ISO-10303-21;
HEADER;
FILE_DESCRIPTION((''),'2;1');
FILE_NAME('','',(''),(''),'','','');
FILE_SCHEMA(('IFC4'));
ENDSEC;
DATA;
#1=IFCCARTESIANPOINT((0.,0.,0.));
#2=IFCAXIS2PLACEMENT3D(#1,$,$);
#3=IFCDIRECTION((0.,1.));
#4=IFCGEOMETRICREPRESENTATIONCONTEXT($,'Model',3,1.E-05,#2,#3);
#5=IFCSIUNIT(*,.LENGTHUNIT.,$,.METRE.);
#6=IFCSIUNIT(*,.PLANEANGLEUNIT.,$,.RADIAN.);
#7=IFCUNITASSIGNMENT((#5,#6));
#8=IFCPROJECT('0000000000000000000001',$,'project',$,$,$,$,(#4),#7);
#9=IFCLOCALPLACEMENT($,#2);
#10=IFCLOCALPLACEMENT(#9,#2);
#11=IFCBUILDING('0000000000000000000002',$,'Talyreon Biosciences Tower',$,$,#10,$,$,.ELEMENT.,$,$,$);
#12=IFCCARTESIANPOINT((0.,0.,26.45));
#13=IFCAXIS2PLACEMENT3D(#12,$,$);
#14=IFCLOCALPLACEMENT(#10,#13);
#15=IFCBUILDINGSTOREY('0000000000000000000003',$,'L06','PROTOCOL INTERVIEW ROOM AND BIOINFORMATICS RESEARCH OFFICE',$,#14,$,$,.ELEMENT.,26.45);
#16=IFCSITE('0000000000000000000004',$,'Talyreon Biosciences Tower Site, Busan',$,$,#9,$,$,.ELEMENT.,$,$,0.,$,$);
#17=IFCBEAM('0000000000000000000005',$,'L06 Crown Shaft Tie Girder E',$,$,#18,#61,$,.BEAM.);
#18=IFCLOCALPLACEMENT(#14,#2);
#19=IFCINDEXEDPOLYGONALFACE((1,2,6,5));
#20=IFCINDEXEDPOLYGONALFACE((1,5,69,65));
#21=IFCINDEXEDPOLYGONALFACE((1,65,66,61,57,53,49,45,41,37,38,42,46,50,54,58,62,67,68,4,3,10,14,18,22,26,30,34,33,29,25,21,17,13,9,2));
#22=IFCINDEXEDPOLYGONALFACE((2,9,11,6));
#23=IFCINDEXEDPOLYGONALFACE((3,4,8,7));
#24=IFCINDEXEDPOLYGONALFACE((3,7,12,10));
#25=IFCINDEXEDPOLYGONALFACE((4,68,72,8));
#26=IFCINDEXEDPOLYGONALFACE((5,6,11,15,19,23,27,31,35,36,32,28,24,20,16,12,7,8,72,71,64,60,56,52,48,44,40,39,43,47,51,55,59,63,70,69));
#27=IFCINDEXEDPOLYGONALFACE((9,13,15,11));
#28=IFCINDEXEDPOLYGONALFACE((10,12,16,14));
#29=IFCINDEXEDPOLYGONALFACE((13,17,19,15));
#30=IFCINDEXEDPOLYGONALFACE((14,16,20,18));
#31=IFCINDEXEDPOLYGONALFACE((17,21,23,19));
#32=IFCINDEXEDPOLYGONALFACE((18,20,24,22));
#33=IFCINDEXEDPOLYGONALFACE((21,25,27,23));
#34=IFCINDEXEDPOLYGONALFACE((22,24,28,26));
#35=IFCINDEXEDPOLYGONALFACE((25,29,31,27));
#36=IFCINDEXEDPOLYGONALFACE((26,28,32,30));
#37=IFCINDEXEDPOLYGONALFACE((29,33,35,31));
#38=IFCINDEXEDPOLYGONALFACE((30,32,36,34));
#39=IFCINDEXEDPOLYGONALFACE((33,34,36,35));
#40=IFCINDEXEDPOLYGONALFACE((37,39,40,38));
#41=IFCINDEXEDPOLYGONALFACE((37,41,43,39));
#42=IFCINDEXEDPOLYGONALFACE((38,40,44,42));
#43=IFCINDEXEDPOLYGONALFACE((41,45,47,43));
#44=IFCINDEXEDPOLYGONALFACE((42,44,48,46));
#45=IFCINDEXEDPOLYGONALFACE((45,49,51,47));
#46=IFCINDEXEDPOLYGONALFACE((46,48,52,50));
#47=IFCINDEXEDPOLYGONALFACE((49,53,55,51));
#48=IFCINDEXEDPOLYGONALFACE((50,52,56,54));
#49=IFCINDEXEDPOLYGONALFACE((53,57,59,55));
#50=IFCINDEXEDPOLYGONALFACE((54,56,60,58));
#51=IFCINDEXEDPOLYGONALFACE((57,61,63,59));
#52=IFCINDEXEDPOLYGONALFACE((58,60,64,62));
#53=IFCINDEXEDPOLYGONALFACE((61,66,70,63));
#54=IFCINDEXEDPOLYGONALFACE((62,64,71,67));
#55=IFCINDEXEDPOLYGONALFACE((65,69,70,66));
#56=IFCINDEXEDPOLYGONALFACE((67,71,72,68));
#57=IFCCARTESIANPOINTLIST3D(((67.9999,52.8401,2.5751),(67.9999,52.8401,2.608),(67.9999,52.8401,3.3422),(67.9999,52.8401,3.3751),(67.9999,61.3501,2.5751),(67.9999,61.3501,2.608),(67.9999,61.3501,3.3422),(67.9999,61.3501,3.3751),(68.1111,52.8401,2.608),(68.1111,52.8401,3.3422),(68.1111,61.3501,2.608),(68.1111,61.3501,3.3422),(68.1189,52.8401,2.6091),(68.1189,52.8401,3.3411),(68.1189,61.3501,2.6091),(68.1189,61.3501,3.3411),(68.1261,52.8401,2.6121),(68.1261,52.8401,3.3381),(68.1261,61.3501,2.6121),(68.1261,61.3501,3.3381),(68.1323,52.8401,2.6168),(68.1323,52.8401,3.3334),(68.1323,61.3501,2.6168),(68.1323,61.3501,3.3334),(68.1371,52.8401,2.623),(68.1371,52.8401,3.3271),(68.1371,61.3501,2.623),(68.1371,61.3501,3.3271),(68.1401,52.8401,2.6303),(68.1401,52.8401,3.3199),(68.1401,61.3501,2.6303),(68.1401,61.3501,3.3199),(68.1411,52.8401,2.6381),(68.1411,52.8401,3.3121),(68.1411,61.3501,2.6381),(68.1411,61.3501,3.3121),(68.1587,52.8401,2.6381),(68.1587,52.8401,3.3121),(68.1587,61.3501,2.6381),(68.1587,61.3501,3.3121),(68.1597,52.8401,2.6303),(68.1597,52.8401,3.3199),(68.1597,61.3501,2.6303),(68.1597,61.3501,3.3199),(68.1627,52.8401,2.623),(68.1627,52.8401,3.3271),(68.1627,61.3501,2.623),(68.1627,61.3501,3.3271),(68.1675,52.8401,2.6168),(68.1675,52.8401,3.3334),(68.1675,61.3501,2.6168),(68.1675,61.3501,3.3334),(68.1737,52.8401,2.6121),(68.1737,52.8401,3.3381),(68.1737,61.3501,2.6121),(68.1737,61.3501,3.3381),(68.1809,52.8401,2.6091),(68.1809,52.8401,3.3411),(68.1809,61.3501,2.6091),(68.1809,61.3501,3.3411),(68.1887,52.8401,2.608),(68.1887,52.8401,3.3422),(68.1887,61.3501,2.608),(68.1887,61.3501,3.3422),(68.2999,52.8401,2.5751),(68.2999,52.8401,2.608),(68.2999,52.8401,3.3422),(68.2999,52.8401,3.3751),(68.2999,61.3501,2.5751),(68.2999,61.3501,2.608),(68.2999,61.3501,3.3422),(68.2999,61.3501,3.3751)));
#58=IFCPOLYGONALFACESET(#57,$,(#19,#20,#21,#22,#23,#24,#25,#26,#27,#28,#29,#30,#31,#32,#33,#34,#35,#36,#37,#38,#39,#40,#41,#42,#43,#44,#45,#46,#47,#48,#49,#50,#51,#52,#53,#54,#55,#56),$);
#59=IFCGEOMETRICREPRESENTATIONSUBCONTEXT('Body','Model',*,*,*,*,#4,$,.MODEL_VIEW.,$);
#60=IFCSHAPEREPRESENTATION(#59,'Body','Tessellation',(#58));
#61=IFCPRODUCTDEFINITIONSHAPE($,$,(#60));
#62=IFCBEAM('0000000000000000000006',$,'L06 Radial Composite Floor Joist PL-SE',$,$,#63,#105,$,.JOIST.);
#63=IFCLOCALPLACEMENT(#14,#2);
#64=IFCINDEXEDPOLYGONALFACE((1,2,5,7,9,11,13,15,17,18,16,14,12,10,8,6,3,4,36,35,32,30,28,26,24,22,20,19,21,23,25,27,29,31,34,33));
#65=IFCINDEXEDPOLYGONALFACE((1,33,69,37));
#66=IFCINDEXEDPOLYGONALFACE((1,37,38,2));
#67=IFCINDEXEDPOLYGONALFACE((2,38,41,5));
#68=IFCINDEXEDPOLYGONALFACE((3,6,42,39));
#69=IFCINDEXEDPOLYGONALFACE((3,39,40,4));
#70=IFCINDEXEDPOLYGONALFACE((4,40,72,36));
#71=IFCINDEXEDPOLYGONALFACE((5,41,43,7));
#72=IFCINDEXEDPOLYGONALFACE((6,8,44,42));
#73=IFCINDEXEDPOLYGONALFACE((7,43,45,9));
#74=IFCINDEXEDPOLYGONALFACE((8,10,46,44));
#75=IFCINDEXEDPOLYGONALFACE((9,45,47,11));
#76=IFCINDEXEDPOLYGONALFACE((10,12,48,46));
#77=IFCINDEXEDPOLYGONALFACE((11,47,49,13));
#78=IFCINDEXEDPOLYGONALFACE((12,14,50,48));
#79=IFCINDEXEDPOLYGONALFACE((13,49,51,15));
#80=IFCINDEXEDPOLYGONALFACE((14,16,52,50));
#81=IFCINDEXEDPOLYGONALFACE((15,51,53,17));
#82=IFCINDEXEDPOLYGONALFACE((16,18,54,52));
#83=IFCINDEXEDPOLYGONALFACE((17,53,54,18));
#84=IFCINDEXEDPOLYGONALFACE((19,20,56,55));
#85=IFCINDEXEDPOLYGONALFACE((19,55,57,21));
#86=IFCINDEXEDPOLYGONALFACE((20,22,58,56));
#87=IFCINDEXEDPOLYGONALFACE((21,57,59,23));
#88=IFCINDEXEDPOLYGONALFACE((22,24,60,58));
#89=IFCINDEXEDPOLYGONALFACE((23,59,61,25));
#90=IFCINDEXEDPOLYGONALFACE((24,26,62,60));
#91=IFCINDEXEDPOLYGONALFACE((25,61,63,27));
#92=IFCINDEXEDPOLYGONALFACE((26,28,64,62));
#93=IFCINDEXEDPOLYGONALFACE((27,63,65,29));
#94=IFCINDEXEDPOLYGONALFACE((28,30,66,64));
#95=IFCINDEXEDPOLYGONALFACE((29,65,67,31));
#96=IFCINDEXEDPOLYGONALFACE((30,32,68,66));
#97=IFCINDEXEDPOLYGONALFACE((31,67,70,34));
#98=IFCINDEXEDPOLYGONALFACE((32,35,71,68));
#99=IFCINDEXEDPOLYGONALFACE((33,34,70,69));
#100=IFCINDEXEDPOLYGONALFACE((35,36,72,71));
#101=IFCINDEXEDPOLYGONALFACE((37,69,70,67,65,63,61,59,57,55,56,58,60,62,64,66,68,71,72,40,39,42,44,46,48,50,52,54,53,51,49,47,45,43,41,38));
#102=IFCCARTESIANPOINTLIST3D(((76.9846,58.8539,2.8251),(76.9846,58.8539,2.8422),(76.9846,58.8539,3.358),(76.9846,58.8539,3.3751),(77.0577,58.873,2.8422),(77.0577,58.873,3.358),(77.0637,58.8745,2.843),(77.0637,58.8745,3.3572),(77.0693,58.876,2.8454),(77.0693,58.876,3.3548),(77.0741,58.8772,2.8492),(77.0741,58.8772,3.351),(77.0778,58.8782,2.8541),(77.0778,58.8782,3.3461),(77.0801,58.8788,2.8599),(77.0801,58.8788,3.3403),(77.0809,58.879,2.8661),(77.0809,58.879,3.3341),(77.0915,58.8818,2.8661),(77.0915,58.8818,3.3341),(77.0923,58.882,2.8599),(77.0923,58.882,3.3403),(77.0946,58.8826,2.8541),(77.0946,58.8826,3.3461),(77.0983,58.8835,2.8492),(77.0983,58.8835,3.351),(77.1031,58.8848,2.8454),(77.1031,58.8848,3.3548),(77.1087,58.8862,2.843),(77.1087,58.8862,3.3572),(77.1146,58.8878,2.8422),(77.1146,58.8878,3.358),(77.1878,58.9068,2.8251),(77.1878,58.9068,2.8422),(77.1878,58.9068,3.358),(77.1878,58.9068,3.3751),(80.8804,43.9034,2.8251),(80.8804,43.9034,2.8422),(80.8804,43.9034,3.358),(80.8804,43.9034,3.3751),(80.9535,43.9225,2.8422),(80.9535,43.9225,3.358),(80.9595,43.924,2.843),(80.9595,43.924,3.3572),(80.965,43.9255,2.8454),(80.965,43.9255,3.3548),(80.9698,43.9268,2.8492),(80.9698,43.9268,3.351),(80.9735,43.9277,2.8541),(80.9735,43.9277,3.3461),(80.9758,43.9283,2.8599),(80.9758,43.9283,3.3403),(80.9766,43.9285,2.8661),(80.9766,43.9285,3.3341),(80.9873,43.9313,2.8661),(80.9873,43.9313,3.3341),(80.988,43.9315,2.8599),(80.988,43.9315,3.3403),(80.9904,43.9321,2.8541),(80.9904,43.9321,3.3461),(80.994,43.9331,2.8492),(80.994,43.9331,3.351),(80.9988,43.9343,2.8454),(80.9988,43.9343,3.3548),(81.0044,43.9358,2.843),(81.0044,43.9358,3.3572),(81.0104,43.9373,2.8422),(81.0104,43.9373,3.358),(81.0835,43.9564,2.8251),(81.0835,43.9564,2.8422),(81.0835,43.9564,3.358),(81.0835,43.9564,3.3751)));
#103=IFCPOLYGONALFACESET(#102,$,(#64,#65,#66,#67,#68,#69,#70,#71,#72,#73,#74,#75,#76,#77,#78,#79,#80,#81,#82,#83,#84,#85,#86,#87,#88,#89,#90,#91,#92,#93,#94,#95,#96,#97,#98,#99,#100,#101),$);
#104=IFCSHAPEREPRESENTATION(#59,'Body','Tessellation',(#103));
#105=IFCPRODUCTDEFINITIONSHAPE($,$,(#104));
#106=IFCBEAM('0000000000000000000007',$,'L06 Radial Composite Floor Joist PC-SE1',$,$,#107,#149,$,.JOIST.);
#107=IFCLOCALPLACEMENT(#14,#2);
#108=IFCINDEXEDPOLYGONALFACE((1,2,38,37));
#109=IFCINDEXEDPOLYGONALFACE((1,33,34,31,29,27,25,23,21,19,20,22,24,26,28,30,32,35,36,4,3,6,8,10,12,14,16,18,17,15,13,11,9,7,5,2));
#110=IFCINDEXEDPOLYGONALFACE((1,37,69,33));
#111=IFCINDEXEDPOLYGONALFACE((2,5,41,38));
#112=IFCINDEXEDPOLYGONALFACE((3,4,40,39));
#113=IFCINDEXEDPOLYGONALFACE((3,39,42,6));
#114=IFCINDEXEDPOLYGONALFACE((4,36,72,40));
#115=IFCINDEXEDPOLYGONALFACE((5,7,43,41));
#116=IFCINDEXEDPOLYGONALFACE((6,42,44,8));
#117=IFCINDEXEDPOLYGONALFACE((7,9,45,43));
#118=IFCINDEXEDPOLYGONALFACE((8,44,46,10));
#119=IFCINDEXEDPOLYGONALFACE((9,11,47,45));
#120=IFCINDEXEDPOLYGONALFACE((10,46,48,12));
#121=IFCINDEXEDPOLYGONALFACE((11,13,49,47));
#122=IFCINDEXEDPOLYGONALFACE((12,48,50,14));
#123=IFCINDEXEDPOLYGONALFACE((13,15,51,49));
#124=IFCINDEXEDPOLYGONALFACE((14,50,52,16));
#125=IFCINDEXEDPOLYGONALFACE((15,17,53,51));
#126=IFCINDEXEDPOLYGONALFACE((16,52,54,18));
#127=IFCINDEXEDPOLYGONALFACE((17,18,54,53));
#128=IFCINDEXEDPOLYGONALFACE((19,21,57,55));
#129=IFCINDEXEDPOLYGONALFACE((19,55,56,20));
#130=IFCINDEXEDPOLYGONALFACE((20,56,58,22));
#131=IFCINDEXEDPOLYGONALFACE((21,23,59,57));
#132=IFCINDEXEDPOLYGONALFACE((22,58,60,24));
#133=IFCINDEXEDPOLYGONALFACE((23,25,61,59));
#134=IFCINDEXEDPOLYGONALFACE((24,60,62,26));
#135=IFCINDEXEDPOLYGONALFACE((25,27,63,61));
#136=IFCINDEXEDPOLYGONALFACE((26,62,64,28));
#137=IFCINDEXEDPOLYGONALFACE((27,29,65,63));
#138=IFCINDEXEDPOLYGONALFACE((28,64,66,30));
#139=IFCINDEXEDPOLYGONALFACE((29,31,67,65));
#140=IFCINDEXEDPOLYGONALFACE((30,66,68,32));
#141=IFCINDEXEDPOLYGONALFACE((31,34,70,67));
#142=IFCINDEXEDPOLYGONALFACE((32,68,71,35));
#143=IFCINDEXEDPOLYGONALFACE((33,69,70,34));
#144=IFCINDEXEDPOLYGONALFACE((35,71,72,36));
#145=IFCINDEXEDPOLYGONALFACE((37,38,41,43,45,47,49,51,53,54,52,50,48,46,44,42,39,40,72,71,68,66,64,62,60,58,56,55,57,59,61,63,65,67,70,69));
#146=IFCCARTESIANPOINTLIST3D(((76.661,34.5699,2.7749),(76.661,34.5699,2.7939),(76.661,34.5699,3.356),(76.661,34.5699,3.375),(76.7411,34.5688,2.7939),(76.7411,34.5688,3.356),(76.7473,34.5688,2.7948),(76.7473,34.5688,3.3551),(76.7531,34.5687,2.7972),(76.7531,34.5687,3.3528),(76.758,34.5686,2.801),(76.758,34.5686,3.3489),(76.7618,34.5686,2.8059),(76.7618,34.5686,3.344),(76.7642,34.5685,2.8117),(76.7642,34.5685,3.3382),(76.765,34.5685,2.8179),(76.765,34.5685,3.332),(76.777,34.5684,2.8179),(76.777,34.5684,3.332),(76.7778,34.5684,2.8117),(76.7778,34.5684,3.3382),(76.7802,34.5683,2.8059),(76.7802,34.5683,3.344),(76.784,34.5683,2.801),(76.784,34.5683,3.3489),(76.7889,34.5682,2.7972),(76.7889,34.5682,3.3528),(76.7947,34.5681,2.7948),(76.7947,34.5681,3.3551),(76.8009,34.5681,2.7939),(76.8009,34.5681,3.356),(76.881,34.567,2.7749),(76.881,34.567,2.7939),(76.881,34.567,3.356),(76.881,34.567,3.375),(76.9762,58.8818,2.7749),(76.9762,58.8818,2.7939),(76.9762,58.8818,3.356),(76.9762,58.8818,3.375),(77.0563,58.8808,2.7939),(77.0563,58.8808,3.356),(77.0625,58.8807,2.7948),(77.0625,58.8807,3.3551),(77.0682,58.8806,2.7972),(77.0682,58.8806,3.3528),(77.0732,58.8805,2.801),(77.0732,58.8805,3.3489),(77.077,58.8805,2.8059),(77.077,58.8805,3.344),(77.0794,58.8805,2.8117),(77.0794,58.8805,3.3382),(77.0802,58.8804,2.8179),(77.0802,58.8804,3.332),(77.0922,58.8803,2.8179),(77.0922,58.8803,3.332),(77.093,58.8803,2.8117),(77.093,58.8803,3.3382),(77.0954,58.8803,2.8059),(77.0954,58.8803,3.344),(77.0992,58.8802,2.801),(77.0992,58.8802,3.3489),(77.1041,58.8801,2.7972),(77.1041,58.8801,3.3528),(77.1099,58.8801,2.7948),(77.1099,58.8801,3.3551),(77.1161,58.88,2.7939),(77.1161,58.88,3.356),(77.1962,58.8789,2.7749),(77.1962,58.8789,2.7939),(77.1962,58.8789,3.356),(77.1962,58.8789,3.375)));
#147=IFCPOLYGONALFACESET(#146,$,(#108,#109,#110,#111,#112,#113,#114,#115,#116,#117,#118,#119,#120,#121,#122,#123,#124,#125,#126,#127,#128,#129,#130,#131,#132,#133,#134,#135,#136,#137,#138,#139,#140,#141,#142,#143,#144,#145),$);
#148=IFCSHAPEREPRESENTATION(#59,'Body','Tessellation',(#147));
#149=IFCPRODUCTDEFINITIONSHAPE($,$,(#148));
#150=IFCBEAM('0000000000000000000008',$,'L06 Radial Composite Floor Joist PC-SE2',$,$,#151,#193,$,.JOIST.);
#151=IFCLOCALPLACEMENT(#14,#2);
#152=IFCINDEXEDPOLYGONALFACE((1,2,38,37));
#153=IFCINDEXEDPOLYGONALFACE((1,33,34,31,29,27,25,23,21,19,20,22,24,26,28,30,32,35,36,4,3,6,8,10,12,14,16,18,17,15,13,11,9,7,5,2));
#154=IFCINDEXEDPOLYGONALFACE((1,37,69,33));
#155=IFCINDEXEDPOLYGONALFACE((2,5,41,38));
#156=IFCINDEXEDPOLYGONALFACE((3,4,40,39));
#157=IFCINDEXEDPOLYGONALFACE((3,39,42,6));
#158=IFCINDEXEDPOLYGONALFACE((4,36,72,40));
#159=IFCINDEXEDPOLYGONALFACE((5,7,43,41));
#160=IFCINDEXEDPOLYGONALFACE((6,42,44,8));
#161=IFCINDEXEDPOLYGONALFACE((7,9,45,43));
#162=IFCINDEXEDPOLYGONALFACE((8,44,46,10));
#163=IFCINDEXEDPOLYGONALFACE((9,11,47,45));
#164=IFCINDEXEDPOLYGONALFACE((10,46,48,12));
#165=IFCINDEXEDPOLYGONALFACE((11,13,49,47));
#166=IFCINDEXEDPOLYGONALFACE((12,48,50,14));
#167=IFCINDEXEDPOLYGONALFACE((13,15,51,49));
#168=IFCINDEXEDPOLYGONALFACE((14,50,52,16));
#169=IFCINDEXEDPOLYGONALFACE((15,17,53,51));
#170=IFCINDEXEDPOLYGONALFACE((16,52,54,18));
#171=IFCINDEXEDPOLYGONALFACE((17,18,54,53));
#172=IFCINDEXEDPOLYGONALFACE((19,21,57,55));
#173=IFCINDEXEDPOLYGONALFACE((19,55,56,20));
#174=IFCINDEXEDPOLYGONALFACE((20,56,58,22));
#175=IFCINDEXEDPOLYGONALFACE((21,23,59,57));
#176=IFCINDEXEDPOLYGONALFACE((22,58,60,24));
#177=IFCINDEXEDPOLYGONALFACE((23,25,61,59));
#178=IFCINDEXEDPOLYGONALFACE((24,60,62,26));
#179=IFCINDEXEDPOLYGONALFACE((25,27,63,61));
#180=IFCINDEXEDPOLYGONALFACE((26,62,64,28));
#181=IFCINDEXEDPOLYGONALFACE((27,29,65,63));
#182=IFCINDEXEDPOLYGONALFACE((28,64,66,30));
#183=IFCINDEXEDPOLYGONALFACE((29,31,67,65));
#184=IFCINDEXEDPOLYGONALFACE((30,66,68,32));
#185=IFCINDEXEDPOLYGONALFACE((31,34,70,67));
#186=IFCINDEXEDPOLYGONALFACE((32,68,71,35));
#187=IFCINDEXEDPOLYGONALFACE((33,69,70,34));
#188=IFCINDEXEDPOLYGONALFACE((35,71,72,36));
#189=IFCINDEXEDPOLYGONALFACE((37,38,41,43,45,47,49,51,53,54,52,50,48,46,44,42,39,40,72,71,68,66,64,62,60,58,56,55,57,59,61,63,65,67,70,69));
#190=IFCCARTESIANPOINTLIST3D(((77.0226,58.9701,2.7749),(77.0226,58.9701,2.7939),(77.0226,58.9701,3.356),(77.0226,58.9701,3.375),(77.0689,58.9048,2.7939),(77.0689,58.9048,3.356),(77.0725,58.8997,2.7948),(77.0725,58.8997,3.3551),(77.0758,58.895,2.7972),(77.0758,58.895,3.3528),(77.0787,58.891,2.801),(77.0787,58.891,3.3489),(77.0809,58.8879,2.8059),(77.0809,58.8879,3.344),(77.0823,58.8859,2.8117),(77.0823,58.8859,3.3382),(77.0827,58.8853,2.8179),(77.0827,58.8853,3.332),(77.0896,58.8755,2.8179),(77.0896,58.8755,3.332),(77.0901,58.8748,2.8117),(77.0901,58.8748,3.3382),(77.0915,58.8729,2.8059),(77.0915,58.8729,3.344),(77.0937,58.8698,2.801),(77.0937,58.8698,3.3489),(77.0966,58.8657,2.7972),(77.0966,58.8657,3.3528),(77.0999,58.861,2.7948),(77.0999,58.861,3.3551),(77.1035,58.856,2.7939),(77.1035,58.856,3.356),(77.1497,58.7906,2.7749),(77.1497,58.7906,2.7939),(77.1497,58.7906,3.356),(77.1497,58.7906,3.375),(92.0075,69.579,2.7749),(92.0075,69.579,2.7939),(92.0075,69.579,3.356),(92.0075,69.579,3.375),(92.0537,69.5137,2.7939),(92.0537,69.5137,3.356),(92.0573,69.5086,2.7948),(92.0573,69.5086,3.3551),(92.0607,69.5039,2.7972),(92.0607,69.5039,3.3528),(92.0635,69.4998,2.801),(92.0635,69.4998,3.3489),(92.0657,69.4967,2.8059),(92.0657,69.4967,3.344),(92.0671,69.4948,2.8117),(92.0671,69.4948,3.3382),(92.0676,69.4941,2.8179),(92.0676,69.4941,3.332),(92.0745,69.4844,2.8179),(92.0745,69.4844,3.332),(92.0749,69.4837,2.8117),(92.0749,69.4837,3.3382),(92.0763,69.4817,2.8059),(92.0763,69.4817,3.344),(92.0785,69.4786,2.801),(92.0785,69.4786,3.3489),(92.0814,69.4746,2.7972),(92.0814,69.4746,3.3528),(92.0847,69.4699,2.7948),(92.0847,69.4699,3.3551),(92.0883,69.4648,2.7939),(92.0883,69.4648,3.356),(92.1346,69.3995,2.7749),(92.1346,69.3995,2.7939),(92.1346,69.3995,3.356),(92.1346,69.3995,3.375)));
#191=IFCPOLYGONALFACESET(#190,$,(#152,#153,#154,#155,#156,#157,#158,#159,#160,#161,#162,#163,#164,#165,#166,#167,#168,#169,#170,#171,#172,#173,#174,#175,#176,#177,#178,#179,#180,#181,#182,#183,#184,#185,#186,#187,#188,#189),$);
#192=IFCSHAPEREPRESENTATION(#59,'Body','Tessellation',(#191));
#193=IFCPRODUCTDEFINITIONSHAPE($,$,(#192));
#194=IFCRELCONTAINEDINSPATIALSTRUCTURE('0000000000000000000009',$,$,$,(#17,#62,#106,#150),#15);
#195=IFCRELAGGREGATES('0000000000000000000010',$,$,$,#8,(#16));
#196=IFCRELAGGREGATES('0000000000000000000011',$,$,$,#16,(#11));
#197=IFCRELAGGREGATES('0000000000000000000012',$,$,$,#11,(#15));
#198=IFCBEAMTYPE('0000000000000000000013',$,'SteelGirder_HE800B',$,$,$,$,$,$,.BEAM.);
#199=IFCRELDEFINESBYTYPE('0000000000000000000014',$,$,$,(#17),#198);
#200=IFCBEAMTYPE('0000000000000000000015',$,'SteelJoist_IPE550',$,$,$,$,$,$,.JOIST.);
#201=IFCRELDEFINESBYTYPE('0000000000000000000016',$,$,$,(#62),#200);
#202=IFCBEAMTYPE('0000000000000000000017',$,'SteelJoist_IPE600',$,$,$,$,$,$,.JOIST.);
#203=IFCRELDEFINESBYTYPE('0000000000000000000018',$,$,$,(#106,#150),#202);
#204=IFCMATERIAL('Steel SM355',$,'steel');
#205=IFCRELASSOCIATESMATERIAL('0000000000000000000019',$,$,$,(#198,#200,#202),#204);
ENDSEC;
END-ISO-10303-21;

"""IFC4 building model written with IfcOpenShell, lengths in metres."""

from ifc_helpers import new_model, si_unit, direction, frame, origin, origin_2d, place, context, subcontext, project, spatial, i_section, extrude, material, material_profile, profile_set, type_object, element, save


model = new_model("IFC4")

# Units and contexts
model_context = context("Model", 3, precision=1e-05, world=origin(), true_north=direction((0.0, 1.0)))
body_context = subcontext(model_context, "Body", "Model", "MODEL_VIEW")
ifc_project = project(units=[si_unit("LENGTHUNIT", "METRE"), si_unit("PLANEANGLEUNIT", "RADIAN")], contexts=[model_context])

# Site, building, storey
site_placement = place(None, origin())
site = spatial("IfcSite", under=ifc_project, at=site_placement, Name="Talyreon Biosciences Tower Site, Busan", CompositionType="ELEMENT", RefElevation=0.0)
building_placement = place(site_placement, origin())
building = spatial("IfcBuilding", under=site, at=building_placement, Name="Talyreon Biosciences Tower", CompositionType="ELEMENT")
storey_placement = place(building_placement, frame((0.0, 0.0, 26.45)))
storey = spatial("IfcBuildingStorey", under=building, at=storey_placement, Name="L06", Description="PROTOCOL INTERVIEW ROOM AND BIOINFORMATICS RESEARCH OFFICE", CompositionType="ELEMENT", Elevation=26.45)

# Beams
ifc_material_1 = material(Name="Steel SM355", Category="steel")
ifc_material_profile_1 = material_profile(ifc_material_1, i_section(OverallWidth=0.3, OverallDepth=0.8, WebThickness=0.0176, FlangeThickness=0.033, FilletRadius=0.03, at=origin_2d()), Name="HE800B")
ifc_profile_set_1 = profile_set([ifc_material_profile_1], Name="Steel SM355")
beam_type_1 = type_object("IfcBeamType", Name="SteelGirder_HE800B", PredefinedType="BEAM", material=ifc_profile_set_1)
beam_1_placement = place(storey_placement, frame((68.1499, 52.8401, 2.9751), z_axis=(0.0, 1.0, 0.0), x_axis=(-1.0, 0.0, 0.0)))
element("IfcBeam", 1, at=beam_1_placement, inside=storey, type_object=beam_type_1, Name="L06 Crown Shaft Tie Girder E", PredefinedType="BEAM", context=body_context, shape_type="SweptSolid", body=[
    extrude(i_section(OverallWidth=0.3, OverallDepth=0.8, WebThickness=0.0176, FlangeThickness=0.033, FilletRadius=0.03, at=origin_2d()), origin(), (0.0, 0.0, 1.0), 8.51),
])
ifc_material_profile_2 = material_profile(ifc_material_1, i_section(OverallWidth=0.21, OverallDepth=0.55, WebThickness=0.011, FlangeThickness=0.0171, FilletRadius=0.0239, at=origin_2d()), Name="IPE550")
ifc_profile_set_2 = profile_set([ifc_material_profile_2], Name="Steel SM355")
beam_type_2 = type_object("IfcBeamType", Name="SteelJoist_IPE550", PredefinedType="JOIST", material=ifc_profile_set_2)
beam_2_placement = place(storey_placement, frame((77.0862, 58.8804, 3.1001), z_axis=(0.252157, -0.967686, 0.0), x_axis=(0.967686, 0.252157, 0.0)))
element("IfcBeam", 2, at=beam_2_placement, inside=storey, type_object=beam_type_2, Name="L06 Radial Composite Floor Joist PL-SE", PredefinedType="JOIST", context=body_context, shape_type="SweptSolid", body=[
    extrude(i_section(OverallWidth=0.21, OverallDepth=0.55, WebThickness=0.011, FlangeThickness=0.0171, FilletRadius=0.0239, at=origin_2d()), origin(), (0.0, 0.0, 1.0), 15.4497),
])
ifc_material_profile_3 = material_profile(ifc_material_1, i_section(OverallWidth=0.22, OverallDepth=0.6001, WebThickness=0.012, FlangeThickness=0.019, FilletRadius=0.0239, at=origin_2d()), Name="IPE600")
ifc_profile_set_3 = profile_set([ifc_material_profile_3], Name="Steel SM355")
beam_type_3 = type_object("IfcBeamType", Name="SteelJoist_IPE600", PredefinedType="JOIST", material=ifc_profile_set_3)
beam_3_placement = place(storey_placement, frame((77.0862, 58.8804, 3.075), z_axis=(-0.012963, -0.999916, 0.0), x_axis=(0.999916, -0.012963, 0.0)))
element("IfcBeam", 3, at=beam_3_placement, inside=storey, type_object=beam_type_3, Name="L06 Radial Composite Floor Joist PC-SE1", PredefinedType="JOIST", context=body_context, shape_type="SweptSolid", body=[
    extrude(i_section(OverallWidth=0.22, OverallDepth=0.6001, WebThickness=0.012, FlangeThickness=0.019, FilletRadius=0.0239, at=origin_2d()), origin(), (0.0, 0.0, 1.0), 24.314),
])
beam_4_placement = place(storey_placement, frame((77.0862, 58.8804, 3.075), z_axis=(0.816163, 0.577822, 0.0), x_axis=(-0.577822, 0.816163, 0.0)))
element("IfcBeam", 4, at=beam_4_placement, inside=storey, type_object=beam_type_3, Name="L06 Radial Composite Floor Joist PC-SE2", PredefinedType="JOIST", context=body_context, shape_type="SweptSolid", body=[
    extrude(i_section(OverallWidth=0.22, OverallDepth=0.6001, WebThickness=0.012, FlangeThickness=0.019, FilletRadius=0.0239, at=origin_2d()), origin(), (0.0, 0.0, 1.0), 18.3601),
])

save(model, "model.ifc")
